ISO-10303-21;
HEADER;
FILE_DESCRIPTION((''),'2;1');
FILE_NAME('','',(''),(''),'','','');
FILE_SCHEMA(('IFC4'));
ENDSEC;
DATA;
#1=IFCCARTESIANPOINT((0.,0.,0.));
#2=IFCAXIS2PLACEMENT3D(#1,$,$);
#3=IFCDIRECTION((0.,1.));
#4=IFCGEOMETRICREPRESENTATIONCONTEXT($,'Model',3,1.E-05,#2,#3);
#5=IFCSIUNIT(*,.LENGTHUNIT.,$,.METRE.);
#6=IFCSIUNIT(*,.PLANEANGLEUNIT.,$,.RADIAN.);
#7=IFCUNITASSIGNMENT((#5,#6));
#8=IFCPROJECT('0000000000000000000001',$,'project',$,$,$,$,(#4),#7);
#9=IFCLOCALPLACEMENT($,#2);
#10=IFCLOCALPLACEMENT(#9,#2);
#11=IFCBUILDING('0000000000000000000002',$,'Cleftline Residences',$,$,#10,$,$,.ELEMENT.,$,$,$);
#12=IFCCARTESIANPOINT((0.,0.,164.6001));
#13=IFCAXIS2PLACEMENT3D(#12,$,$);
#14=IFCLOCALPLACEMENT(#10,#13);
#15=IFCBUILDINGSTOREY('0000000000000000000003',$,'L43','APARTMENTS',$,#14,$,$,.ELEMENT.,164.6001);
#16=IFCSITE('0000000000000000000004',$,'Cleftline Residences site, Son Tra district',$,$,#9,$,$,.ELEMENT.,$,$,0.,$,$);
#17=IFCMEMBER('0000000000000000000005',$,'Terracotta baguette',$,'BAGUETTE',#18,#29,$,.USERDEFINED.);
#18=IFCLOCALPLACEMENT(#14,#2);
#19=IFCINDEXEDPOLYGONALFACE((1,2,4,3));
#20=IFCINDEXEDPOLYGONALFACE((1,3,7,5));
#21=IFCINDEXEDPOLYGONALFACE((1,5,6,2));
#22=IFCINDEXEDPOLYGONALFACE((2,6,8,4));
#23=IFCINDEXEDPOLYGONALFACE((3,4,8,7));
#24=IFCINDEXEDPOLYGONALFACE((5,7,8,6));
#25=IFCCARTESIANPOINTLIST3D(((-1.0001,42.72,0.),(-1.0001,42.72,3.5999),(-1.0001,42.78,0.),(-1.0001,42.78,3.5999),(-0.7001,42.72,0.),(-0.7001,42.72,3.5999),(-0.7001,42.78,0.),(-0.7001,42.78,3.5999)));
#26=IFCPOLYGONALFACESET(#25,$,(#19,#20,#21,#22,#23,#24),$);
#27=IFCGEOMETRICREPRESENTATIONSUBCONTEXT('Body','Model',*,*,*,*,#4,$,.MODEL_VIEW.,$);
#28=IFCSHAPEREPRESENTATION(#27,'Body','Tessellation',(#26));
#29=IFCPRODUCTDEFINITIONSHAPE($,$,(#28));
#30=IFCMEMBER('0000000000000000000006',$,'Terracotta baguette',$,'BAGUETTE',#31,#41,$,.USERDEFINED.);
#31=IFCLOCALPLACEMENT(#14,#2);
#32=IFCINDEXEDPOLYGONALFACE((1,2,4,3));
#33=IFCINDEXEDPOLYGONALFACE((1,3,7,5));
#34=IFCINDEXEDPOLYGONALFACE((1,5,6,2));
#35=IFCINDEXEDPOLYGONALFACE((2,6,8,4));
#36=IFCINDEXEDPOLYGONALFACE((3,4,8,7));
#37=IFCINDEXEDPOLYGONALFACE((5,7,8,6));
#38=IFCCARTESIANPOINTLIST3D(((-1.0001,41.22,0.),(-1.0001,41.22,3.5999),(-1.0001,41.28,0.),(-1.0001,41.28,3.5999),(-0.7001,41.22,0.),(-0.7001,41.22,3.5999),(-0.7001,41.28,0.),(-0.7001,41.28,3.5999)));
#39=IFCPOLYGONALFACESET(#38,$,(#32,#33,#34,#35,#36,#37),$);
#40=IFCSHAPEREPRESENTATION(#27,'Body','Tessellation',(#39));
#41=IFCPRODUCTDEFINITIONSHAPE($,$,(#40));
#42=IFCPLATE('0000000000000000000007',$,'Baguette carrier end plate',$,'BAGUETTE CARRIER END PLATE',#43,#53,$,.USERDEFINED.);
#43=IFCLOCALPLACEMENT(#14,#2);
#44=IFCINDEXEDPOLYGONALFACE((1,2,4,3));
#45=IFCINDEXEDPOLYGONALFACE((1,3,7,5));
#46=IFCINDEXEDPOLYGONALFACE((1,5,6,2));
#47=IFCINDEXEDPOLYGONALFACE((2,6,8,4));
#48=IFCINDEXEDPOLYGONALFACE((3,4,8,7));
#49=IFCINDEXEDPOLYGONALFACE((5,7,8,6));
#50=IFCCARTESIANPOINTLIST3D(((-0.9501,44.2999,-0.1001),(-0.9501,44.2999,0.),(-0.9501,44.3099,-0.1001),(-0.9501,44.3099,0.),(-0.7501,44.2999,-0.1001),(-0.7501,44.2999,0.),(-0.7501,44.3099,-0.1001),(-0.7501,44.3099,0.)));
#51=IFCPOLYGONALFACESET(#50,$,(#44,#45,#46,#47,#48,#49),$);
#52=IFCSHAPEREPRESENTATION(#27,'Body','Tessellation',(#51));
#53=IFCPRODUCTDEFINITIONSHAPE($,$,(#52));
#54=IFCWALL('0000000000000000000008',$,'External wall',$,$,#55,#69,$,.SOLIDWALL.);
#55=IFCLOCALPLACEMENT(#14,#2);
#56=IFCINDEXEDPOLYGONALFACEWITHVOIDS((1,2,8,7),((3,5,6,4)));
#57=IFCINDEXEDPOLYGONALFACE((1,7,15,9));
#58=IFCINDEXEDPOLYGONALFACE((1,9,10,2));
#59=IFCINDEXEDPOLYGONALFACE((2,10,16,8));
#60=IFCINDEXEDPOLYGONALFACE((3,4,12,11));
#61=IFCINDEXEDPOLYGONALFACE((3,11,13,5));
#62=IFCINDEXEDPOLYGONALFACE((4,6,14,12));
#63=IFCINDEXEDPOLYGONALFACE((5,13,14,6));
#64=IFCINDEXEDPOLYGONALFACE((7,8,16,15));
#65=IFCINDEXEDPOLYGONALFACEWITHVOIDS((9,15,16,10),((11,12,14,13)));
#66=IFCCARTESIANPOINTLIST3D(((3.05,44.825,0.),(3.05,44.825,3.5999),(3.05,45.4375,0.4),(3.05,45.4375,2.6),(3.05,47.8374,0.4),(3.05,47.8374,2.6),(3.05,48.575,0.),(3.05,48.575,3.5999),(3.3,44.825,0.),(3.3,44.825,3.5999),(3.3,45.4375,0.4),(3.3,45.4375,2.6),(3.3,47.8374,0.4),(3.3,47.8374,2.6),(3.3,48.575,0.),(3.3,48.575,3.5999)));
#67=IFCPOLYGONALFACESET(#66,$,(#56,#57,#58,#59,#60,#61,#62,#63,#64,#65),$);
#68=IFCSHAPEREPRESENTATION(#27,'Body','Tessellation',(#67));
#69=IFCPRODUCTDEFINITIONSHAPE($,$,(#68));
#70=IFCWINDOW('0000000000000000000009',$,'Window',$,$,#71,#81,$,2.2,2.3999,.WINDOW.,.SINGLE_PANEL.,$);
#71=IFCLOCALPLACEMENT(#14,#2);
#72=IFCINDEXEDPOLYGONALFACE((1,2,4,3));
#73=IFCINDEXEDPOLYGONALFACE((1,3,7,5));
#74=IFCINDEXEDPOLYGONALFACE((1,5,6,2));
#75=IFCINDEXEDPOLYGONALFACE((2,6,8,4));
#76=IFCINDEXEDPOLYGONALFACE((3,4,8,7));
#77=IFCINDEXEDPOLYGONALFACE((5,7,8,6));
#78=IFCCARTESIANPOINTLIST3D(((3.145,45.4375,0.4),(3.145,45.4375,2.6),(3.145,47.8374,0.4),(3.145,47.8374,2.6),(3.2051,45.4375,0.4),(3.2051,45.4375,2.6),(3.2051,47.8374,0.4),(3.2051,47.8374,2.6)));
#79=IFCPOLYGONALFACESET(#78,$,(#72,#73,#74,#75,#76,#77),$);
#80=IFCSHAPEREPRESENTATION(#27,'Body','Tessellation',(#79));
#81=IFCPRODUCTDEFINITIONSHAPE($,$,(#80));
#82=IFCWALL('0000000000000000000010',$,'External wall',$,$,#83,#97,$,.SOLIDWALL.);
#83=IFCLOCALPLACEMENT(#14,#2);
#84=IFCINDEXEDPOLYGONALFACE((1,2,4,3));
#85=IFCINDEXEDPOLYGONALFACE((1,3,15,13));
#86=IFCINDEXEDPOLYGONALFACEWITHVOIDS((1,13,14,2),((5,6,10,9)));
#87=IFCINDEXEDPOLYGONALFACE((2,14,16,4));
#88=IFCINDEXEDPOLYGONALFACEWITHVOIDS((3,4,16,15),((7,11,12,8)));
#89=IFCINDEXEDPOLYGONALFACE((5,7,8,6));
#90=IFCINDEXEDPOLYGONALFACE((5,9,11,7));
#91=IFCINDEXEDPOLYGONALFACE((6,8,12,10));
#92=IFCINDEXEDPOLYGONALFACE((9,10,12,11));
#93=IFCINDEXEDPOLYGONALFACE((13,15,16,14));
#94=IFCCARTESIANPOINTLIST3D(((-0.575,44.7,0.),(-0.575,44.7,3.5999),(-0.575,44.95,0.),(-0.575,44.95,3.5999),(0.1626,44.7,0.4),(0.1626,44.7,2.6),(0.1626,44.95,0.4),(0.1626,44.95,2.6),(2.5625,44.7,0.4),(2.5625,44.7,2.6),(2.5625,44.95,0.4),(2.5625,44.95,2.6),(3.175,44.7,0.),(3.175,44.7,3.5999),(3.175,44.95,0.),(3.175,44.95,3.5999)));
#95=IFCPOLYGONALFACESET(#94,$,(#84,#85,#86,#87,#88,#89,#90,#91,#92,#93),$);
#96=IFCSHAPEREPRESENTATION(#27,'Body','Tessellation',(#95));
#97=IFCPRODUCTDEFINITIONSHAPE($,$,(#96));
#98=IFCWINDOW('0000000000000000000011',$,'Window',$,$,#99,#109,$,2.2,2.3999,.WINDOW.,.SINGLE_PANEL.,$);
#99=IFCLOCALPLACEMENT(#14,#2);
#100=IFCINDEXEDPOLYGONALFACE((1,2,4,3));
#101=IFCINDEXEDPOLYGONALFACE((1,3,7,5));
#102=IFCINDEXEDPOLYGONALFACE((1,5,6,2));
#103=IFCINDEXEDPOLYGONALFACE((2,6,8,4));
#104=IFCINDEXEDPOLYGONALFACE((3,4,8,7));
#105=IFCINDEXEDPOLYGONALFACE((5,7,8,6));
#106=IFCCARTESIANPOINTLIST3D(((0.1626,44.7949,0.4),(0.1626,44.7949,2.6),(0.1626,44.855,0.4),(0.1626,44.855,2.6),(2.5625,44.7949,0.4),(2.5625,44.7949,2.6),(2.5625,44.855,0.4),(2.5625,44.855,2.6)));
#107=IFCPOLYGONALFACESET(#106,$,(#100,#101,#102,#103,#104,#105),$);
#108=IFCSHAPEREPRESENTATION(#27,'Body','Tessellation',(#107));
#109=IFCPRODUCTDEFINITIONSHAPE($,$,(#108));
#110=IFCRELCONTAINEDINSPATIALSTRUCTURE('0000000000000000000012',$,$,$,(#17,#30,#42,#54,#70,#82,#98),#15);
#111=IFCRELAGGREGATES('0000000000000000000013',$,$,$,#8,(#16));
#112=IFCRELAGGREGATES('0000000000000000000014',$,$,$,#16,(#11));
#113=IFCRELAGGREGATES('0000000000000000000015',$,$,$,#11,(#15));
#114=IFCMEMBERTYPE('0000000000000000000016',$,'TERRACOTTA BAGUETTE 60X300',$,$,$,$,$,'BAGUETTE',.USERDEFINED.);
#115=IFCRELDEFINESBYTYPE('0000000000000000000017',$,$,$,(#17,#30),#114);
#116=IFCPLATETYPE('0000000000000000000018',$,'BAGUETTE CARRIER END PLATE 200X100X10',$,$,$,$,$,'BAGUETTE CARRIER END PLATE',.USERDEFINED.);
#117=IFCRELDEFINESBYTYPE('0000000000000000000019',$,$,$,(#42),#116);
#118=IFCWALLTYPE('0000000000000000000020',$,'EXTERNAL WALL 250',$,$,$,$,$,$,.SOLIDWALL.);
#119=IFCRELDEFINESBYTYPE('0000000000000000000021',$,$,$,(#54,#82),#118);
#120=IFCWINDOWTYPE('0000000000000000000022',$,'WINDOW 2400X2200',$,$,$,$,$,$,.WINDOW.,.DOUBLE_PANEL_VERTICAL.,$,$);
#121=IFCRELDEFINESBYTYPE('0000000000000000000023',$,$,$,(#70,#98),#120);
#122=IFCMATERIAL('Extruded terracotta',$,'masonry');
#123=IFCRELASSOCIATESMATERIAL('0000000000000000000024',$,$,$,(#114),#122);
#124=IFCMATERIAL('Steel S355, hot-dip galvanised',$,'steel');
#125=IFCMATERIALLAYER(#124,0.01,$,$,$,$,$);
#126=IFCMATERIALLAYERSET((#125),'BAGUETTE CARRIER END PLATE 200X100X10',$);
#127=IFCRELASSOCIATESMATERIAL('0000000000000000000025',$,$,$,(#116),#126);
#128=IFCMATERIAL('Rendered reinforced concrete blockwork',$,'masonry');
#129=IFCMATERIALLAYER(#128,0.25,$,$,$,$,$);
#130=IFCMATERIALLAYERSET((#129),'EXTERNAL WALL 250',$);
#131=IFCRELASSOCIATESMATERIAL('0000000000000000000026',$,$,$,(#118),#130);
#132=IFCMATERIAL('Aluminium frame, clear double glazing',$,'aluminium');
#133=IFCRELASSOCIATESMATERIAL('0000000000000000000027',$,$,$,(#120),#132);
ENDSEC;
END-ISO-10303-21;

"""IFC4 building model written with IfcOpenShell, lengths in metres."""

from ifc_helpers import new_model, si_unit, direction, frame, frame_2d, origin, origin_2d, place, context, subcontext, project, spatial, rectangle, extrude, material, layer, layer_set, material_profile, profile_set, type_object, element, fill, save


model = new_model("IFC4")

# Units and contexts
model_context = context("Model", 3, precision=1e-05, world=origin(), true_north=direction((0.0, 1.0)))
body_context = subcontext(model_context, "Body", "Model", "MODEL_VIEW")
ifc_project = project(units=[si_unit("LENGTHUNIT", "METRE"), si_unit("PLANEANGLEUNIT", "RADIAN")], contexts=[model_context])

# Site, building, storey
site_placement = place(None, origin())
site = spatial("IfcSite", under=ifc_project, at=site_placement, Name="Cleftline Residences site, Son Tra district", CompositionType="ELEMENT", RefElevation=0.0)
building_placement = place(site_placement, origin())
building = spatial("IfcBuilding", under=site, at=building_placement, Name="Cleftline Residences", CompositionType="ELEMENT")
storey_placement = place(building_placement, frame((0.0, 0.0, 164.6001)))
storey = spatial("IfcBuildingStorey", under=building, at=storey_placement, Name="L43", Description="APARTMENTS", CompositionType="ELEMENT", Elevation=164.6001)

# Members
ifc_material_1 = material(Name="Extruded terracotta", Category="masonry")
ifc_material_profile_1 = material_profile(ifc_material_1, rectangle(XDim=0.0601, YDim=0.3, at=origin_2d()))
ifc_profile_set_1 = profile_set([ifc_material_profile_1], Name="Extruded terracotta")
member_type_1 = type_object("IfcMemberType", Name="TERRACOTTA BAGUETTE 60X300", ElementType="BAGUETTE", PredefinedType="USERDEFINED", material=ifc_profile_set_1)
for number, where, z_axis, x_axis, name in (
    (1, (-0.8501, 42.75, 0.0), (0.0, 0.0, 1.0), (0.0, 1.0, 0.0), "Terracotta baguette"),
    (2, (-0.8501, 41.25, 0.0), (0.0, 0.0, 1.0), (0.0, 1.0, 0.0), "Terracotta baguette"),
):
    element("IfcMember", number, at=place(storey_placement, frame(where, z_axis=z_axis, x_axis=x_axis)), inside=storey, type_object=member_type_1, Name=name, ObjectType="BAGUETTE", PredefinedType="USERDEFINED", context=body_context, shape_type="SweptSolid", body=[
        extrude(rectangle(XDim=0.0601, YDim=0.3, at=origin_2d()), origin(), (0.0, 0.0, 1.0), 3.5999),
    ])

# Plate
ifc_material_2 = material(Name="Steel S355, hot-dip galvanised", Category="steel")
ifc_layer_1 = layer(ifc_material_2, 0.01)
ifc_layer_set_1 = layer_set([ifc_layer_1], Name="BAGUETTE CARRIER END PLATE 200X100X10")
plate_type = type_object("IfcPlateType", Name="BAGUETTE CARRIER END PLATE 200X100X10", ElementType="BAGUETTE CARRIER END PLATE", PredefinedType="USERDEFINED", material=ifc_layer_set_1)
plate_placement = place(storey_placement, frame((-0.8501, 44.3049, -0.1001), z_axis=(0.0, 0.0, 1.0), x_axis=(-1.0, 0.0, 0.0)))
element("IfcPlate", 3, at=plate_placement, inside=storey, type_object=plate_type, Name="Baguette carrier end plate", ObjectType="BAGUETTE CARRIER END PLATE", PredefinedType="USERDEFINED", context=body_context, shape_type="SweptSolid", body=[
    extrude(rectangle(XDim=0.2, YDim=0.01, at=origin_2d()), origin(), (0.0, 0.0, 1.0), 0.1001),
])

# Walls, openings, windows
ifc_material_3 = material(Name="Rendered reinforced concrete blockwork", Category="masonry")
ifc_layer_2 = layer(ifc_material_3, 0.25)
ifc_layer_set_2 = layer_set([ifc_layer_2], Name="EXTERNAL WALL 250")
wall_type_1 = type_object("IfcWallType", Name="EXTERNAL WALL 250", PredefinedType="SOLIDWALL", material=ifc_layer_set_2)
wall_1_placement = place(storey_placement, frame((3.175, 48.575, 0.0), z_axis=(0.0, 0.0, 1.0), x_axis=(0.0, -1.0, 0.0)))
wall_1 = element("IfcWall", 4, at=wall_1_placement, inside=storey, type_object=wall_type_1, Name="External wall", PredefinedType="SOLIDWALL", context=body_context, shape_type="SweptSolid", body=[
    extrude(rectangle(XDim=3.75, YDim=0.25, at=frame_2d((1.875, 0.0))), origin(), (0.0, 0.0, 1.0), 3.5999),
])
opening_1_placement = place(wall_1_placement, frame((0.7375, 0.0, 0.3999)))
opening_1 = element("IfcOpeningElement", 5, at=opening_1_placement, cuts=wall_1, PredefinedType="OPENING", context=body_context, shape_type="SweptSolid", body=[
    extrude(rectangle(XDim=2.3999, YDim=2.2, at=frame_2d((1.2, 1.1001))), frame((0.0, 0.135, 0.0), z_axis=(0.0, -1.0, 0.0), x_axis=(1.0, 0.0, 0.0)), (0.0, 0.0, 1.0), 0.27),
])
ifc_material_4 = material(Name="Aluminium frame, clear double glazing", Category="aluminium")
window_type_1 = type_object("IfcWindowType", Name="WINDOW 2400X2200", PartitioningType="DOUBLE_PANEL_VERTICAL", PredefinedType="WINDOW", material=ifc_material_4)
window_1_placement = place(opening_1_placement, origin())
window_1 = element("IfcWindow", 6, at=window_1_placement, inside=storey, type_object=window_type_1, Name="Window", OverallHeight=2.2, OverallWidth=2.3999, PartitioningType="SINGLE_PANEL", PredefinedType="WINDOW", context=body_context, shape_type="SweptSolid", body=[
    extrude(rectangle(XDim=2.3999, YDim=2.2, at=frame_2d((1.2, 1.1001))), frame((0.0, 0.03, 0.0), z_axis=(0.0, -1.0, 0.0), x_axis=(1.0, 0.0, 0.0)), (0.0, 0.0, 1.0), 0.0601),
])
fill(opening_1, window_1)
wall_2_placement = place(storey_placement, frame((3.175, 44.825, 0.0), z_axis=(0.0, 0.0, 1.0), x_axis=(-1.0, 0.0, 0.0)))
wall_2 = element("IfcWall", 7, at=wall_2_placement, inside=storey, type_object=wall_type_1, Name="External wall", PredefinedType="SOLIDWALL", context=body_context, shape_type="SweptSolid", body=[
    extrude(rectangle(XDim=3.75, YDim=0.25, at=frame_2d((1.875, 0.0))), origin(), (0.0, 0.0, 1.0), 3.5999),
])
opening_2_placement = place(wall_2_placement, frame((0.6125, 0.0, 0.3999)))
opening_2 = element("IfcOpeningElement", 8, at=opening_2_placement, cuts=wall_2, PredefinedType="OPENING", context=body_context, shape_type="SweptSolid", body=[
    extrude(rectangle(XDim=2.3999, YDim=2.2, at=frame_2d((1.2, 1.1001))), frame((0.0, 0.135, 0.0), z_axis=(0.0, -1.0, 0.0), x_axis=(1.0, 0.0, 0.0)), (0.0, 0.0, 1.0), 0.27),
])
window_2_placement = place(opening_2_placement, origin())
window_2 = element("IfcWindow", 9, at=window_2_placement, inside=storey, type_object=window_type_1, Name="Window", OverallHeight=2.2, OverallWidth=2.3999, PartitioningType="SINGLE_PANEL", PredefinedType="WINDOW", context=body_context, shape_type="SweptSolid", body=[
    extrude(rectangle(XDim=2.3999, YDim=2.2, at=frame_2d((1.2, 1.1001))), frame((0.0, 0.03, 0.0), z_axis=(0.0, -1.0, 0.0), x_axis=(1.0, 0.0, 0.0)), (0.0, 0.0, 1.0), 0.0601),
])
fill(opening_2, window_2)

save(model, "model.ifc")
